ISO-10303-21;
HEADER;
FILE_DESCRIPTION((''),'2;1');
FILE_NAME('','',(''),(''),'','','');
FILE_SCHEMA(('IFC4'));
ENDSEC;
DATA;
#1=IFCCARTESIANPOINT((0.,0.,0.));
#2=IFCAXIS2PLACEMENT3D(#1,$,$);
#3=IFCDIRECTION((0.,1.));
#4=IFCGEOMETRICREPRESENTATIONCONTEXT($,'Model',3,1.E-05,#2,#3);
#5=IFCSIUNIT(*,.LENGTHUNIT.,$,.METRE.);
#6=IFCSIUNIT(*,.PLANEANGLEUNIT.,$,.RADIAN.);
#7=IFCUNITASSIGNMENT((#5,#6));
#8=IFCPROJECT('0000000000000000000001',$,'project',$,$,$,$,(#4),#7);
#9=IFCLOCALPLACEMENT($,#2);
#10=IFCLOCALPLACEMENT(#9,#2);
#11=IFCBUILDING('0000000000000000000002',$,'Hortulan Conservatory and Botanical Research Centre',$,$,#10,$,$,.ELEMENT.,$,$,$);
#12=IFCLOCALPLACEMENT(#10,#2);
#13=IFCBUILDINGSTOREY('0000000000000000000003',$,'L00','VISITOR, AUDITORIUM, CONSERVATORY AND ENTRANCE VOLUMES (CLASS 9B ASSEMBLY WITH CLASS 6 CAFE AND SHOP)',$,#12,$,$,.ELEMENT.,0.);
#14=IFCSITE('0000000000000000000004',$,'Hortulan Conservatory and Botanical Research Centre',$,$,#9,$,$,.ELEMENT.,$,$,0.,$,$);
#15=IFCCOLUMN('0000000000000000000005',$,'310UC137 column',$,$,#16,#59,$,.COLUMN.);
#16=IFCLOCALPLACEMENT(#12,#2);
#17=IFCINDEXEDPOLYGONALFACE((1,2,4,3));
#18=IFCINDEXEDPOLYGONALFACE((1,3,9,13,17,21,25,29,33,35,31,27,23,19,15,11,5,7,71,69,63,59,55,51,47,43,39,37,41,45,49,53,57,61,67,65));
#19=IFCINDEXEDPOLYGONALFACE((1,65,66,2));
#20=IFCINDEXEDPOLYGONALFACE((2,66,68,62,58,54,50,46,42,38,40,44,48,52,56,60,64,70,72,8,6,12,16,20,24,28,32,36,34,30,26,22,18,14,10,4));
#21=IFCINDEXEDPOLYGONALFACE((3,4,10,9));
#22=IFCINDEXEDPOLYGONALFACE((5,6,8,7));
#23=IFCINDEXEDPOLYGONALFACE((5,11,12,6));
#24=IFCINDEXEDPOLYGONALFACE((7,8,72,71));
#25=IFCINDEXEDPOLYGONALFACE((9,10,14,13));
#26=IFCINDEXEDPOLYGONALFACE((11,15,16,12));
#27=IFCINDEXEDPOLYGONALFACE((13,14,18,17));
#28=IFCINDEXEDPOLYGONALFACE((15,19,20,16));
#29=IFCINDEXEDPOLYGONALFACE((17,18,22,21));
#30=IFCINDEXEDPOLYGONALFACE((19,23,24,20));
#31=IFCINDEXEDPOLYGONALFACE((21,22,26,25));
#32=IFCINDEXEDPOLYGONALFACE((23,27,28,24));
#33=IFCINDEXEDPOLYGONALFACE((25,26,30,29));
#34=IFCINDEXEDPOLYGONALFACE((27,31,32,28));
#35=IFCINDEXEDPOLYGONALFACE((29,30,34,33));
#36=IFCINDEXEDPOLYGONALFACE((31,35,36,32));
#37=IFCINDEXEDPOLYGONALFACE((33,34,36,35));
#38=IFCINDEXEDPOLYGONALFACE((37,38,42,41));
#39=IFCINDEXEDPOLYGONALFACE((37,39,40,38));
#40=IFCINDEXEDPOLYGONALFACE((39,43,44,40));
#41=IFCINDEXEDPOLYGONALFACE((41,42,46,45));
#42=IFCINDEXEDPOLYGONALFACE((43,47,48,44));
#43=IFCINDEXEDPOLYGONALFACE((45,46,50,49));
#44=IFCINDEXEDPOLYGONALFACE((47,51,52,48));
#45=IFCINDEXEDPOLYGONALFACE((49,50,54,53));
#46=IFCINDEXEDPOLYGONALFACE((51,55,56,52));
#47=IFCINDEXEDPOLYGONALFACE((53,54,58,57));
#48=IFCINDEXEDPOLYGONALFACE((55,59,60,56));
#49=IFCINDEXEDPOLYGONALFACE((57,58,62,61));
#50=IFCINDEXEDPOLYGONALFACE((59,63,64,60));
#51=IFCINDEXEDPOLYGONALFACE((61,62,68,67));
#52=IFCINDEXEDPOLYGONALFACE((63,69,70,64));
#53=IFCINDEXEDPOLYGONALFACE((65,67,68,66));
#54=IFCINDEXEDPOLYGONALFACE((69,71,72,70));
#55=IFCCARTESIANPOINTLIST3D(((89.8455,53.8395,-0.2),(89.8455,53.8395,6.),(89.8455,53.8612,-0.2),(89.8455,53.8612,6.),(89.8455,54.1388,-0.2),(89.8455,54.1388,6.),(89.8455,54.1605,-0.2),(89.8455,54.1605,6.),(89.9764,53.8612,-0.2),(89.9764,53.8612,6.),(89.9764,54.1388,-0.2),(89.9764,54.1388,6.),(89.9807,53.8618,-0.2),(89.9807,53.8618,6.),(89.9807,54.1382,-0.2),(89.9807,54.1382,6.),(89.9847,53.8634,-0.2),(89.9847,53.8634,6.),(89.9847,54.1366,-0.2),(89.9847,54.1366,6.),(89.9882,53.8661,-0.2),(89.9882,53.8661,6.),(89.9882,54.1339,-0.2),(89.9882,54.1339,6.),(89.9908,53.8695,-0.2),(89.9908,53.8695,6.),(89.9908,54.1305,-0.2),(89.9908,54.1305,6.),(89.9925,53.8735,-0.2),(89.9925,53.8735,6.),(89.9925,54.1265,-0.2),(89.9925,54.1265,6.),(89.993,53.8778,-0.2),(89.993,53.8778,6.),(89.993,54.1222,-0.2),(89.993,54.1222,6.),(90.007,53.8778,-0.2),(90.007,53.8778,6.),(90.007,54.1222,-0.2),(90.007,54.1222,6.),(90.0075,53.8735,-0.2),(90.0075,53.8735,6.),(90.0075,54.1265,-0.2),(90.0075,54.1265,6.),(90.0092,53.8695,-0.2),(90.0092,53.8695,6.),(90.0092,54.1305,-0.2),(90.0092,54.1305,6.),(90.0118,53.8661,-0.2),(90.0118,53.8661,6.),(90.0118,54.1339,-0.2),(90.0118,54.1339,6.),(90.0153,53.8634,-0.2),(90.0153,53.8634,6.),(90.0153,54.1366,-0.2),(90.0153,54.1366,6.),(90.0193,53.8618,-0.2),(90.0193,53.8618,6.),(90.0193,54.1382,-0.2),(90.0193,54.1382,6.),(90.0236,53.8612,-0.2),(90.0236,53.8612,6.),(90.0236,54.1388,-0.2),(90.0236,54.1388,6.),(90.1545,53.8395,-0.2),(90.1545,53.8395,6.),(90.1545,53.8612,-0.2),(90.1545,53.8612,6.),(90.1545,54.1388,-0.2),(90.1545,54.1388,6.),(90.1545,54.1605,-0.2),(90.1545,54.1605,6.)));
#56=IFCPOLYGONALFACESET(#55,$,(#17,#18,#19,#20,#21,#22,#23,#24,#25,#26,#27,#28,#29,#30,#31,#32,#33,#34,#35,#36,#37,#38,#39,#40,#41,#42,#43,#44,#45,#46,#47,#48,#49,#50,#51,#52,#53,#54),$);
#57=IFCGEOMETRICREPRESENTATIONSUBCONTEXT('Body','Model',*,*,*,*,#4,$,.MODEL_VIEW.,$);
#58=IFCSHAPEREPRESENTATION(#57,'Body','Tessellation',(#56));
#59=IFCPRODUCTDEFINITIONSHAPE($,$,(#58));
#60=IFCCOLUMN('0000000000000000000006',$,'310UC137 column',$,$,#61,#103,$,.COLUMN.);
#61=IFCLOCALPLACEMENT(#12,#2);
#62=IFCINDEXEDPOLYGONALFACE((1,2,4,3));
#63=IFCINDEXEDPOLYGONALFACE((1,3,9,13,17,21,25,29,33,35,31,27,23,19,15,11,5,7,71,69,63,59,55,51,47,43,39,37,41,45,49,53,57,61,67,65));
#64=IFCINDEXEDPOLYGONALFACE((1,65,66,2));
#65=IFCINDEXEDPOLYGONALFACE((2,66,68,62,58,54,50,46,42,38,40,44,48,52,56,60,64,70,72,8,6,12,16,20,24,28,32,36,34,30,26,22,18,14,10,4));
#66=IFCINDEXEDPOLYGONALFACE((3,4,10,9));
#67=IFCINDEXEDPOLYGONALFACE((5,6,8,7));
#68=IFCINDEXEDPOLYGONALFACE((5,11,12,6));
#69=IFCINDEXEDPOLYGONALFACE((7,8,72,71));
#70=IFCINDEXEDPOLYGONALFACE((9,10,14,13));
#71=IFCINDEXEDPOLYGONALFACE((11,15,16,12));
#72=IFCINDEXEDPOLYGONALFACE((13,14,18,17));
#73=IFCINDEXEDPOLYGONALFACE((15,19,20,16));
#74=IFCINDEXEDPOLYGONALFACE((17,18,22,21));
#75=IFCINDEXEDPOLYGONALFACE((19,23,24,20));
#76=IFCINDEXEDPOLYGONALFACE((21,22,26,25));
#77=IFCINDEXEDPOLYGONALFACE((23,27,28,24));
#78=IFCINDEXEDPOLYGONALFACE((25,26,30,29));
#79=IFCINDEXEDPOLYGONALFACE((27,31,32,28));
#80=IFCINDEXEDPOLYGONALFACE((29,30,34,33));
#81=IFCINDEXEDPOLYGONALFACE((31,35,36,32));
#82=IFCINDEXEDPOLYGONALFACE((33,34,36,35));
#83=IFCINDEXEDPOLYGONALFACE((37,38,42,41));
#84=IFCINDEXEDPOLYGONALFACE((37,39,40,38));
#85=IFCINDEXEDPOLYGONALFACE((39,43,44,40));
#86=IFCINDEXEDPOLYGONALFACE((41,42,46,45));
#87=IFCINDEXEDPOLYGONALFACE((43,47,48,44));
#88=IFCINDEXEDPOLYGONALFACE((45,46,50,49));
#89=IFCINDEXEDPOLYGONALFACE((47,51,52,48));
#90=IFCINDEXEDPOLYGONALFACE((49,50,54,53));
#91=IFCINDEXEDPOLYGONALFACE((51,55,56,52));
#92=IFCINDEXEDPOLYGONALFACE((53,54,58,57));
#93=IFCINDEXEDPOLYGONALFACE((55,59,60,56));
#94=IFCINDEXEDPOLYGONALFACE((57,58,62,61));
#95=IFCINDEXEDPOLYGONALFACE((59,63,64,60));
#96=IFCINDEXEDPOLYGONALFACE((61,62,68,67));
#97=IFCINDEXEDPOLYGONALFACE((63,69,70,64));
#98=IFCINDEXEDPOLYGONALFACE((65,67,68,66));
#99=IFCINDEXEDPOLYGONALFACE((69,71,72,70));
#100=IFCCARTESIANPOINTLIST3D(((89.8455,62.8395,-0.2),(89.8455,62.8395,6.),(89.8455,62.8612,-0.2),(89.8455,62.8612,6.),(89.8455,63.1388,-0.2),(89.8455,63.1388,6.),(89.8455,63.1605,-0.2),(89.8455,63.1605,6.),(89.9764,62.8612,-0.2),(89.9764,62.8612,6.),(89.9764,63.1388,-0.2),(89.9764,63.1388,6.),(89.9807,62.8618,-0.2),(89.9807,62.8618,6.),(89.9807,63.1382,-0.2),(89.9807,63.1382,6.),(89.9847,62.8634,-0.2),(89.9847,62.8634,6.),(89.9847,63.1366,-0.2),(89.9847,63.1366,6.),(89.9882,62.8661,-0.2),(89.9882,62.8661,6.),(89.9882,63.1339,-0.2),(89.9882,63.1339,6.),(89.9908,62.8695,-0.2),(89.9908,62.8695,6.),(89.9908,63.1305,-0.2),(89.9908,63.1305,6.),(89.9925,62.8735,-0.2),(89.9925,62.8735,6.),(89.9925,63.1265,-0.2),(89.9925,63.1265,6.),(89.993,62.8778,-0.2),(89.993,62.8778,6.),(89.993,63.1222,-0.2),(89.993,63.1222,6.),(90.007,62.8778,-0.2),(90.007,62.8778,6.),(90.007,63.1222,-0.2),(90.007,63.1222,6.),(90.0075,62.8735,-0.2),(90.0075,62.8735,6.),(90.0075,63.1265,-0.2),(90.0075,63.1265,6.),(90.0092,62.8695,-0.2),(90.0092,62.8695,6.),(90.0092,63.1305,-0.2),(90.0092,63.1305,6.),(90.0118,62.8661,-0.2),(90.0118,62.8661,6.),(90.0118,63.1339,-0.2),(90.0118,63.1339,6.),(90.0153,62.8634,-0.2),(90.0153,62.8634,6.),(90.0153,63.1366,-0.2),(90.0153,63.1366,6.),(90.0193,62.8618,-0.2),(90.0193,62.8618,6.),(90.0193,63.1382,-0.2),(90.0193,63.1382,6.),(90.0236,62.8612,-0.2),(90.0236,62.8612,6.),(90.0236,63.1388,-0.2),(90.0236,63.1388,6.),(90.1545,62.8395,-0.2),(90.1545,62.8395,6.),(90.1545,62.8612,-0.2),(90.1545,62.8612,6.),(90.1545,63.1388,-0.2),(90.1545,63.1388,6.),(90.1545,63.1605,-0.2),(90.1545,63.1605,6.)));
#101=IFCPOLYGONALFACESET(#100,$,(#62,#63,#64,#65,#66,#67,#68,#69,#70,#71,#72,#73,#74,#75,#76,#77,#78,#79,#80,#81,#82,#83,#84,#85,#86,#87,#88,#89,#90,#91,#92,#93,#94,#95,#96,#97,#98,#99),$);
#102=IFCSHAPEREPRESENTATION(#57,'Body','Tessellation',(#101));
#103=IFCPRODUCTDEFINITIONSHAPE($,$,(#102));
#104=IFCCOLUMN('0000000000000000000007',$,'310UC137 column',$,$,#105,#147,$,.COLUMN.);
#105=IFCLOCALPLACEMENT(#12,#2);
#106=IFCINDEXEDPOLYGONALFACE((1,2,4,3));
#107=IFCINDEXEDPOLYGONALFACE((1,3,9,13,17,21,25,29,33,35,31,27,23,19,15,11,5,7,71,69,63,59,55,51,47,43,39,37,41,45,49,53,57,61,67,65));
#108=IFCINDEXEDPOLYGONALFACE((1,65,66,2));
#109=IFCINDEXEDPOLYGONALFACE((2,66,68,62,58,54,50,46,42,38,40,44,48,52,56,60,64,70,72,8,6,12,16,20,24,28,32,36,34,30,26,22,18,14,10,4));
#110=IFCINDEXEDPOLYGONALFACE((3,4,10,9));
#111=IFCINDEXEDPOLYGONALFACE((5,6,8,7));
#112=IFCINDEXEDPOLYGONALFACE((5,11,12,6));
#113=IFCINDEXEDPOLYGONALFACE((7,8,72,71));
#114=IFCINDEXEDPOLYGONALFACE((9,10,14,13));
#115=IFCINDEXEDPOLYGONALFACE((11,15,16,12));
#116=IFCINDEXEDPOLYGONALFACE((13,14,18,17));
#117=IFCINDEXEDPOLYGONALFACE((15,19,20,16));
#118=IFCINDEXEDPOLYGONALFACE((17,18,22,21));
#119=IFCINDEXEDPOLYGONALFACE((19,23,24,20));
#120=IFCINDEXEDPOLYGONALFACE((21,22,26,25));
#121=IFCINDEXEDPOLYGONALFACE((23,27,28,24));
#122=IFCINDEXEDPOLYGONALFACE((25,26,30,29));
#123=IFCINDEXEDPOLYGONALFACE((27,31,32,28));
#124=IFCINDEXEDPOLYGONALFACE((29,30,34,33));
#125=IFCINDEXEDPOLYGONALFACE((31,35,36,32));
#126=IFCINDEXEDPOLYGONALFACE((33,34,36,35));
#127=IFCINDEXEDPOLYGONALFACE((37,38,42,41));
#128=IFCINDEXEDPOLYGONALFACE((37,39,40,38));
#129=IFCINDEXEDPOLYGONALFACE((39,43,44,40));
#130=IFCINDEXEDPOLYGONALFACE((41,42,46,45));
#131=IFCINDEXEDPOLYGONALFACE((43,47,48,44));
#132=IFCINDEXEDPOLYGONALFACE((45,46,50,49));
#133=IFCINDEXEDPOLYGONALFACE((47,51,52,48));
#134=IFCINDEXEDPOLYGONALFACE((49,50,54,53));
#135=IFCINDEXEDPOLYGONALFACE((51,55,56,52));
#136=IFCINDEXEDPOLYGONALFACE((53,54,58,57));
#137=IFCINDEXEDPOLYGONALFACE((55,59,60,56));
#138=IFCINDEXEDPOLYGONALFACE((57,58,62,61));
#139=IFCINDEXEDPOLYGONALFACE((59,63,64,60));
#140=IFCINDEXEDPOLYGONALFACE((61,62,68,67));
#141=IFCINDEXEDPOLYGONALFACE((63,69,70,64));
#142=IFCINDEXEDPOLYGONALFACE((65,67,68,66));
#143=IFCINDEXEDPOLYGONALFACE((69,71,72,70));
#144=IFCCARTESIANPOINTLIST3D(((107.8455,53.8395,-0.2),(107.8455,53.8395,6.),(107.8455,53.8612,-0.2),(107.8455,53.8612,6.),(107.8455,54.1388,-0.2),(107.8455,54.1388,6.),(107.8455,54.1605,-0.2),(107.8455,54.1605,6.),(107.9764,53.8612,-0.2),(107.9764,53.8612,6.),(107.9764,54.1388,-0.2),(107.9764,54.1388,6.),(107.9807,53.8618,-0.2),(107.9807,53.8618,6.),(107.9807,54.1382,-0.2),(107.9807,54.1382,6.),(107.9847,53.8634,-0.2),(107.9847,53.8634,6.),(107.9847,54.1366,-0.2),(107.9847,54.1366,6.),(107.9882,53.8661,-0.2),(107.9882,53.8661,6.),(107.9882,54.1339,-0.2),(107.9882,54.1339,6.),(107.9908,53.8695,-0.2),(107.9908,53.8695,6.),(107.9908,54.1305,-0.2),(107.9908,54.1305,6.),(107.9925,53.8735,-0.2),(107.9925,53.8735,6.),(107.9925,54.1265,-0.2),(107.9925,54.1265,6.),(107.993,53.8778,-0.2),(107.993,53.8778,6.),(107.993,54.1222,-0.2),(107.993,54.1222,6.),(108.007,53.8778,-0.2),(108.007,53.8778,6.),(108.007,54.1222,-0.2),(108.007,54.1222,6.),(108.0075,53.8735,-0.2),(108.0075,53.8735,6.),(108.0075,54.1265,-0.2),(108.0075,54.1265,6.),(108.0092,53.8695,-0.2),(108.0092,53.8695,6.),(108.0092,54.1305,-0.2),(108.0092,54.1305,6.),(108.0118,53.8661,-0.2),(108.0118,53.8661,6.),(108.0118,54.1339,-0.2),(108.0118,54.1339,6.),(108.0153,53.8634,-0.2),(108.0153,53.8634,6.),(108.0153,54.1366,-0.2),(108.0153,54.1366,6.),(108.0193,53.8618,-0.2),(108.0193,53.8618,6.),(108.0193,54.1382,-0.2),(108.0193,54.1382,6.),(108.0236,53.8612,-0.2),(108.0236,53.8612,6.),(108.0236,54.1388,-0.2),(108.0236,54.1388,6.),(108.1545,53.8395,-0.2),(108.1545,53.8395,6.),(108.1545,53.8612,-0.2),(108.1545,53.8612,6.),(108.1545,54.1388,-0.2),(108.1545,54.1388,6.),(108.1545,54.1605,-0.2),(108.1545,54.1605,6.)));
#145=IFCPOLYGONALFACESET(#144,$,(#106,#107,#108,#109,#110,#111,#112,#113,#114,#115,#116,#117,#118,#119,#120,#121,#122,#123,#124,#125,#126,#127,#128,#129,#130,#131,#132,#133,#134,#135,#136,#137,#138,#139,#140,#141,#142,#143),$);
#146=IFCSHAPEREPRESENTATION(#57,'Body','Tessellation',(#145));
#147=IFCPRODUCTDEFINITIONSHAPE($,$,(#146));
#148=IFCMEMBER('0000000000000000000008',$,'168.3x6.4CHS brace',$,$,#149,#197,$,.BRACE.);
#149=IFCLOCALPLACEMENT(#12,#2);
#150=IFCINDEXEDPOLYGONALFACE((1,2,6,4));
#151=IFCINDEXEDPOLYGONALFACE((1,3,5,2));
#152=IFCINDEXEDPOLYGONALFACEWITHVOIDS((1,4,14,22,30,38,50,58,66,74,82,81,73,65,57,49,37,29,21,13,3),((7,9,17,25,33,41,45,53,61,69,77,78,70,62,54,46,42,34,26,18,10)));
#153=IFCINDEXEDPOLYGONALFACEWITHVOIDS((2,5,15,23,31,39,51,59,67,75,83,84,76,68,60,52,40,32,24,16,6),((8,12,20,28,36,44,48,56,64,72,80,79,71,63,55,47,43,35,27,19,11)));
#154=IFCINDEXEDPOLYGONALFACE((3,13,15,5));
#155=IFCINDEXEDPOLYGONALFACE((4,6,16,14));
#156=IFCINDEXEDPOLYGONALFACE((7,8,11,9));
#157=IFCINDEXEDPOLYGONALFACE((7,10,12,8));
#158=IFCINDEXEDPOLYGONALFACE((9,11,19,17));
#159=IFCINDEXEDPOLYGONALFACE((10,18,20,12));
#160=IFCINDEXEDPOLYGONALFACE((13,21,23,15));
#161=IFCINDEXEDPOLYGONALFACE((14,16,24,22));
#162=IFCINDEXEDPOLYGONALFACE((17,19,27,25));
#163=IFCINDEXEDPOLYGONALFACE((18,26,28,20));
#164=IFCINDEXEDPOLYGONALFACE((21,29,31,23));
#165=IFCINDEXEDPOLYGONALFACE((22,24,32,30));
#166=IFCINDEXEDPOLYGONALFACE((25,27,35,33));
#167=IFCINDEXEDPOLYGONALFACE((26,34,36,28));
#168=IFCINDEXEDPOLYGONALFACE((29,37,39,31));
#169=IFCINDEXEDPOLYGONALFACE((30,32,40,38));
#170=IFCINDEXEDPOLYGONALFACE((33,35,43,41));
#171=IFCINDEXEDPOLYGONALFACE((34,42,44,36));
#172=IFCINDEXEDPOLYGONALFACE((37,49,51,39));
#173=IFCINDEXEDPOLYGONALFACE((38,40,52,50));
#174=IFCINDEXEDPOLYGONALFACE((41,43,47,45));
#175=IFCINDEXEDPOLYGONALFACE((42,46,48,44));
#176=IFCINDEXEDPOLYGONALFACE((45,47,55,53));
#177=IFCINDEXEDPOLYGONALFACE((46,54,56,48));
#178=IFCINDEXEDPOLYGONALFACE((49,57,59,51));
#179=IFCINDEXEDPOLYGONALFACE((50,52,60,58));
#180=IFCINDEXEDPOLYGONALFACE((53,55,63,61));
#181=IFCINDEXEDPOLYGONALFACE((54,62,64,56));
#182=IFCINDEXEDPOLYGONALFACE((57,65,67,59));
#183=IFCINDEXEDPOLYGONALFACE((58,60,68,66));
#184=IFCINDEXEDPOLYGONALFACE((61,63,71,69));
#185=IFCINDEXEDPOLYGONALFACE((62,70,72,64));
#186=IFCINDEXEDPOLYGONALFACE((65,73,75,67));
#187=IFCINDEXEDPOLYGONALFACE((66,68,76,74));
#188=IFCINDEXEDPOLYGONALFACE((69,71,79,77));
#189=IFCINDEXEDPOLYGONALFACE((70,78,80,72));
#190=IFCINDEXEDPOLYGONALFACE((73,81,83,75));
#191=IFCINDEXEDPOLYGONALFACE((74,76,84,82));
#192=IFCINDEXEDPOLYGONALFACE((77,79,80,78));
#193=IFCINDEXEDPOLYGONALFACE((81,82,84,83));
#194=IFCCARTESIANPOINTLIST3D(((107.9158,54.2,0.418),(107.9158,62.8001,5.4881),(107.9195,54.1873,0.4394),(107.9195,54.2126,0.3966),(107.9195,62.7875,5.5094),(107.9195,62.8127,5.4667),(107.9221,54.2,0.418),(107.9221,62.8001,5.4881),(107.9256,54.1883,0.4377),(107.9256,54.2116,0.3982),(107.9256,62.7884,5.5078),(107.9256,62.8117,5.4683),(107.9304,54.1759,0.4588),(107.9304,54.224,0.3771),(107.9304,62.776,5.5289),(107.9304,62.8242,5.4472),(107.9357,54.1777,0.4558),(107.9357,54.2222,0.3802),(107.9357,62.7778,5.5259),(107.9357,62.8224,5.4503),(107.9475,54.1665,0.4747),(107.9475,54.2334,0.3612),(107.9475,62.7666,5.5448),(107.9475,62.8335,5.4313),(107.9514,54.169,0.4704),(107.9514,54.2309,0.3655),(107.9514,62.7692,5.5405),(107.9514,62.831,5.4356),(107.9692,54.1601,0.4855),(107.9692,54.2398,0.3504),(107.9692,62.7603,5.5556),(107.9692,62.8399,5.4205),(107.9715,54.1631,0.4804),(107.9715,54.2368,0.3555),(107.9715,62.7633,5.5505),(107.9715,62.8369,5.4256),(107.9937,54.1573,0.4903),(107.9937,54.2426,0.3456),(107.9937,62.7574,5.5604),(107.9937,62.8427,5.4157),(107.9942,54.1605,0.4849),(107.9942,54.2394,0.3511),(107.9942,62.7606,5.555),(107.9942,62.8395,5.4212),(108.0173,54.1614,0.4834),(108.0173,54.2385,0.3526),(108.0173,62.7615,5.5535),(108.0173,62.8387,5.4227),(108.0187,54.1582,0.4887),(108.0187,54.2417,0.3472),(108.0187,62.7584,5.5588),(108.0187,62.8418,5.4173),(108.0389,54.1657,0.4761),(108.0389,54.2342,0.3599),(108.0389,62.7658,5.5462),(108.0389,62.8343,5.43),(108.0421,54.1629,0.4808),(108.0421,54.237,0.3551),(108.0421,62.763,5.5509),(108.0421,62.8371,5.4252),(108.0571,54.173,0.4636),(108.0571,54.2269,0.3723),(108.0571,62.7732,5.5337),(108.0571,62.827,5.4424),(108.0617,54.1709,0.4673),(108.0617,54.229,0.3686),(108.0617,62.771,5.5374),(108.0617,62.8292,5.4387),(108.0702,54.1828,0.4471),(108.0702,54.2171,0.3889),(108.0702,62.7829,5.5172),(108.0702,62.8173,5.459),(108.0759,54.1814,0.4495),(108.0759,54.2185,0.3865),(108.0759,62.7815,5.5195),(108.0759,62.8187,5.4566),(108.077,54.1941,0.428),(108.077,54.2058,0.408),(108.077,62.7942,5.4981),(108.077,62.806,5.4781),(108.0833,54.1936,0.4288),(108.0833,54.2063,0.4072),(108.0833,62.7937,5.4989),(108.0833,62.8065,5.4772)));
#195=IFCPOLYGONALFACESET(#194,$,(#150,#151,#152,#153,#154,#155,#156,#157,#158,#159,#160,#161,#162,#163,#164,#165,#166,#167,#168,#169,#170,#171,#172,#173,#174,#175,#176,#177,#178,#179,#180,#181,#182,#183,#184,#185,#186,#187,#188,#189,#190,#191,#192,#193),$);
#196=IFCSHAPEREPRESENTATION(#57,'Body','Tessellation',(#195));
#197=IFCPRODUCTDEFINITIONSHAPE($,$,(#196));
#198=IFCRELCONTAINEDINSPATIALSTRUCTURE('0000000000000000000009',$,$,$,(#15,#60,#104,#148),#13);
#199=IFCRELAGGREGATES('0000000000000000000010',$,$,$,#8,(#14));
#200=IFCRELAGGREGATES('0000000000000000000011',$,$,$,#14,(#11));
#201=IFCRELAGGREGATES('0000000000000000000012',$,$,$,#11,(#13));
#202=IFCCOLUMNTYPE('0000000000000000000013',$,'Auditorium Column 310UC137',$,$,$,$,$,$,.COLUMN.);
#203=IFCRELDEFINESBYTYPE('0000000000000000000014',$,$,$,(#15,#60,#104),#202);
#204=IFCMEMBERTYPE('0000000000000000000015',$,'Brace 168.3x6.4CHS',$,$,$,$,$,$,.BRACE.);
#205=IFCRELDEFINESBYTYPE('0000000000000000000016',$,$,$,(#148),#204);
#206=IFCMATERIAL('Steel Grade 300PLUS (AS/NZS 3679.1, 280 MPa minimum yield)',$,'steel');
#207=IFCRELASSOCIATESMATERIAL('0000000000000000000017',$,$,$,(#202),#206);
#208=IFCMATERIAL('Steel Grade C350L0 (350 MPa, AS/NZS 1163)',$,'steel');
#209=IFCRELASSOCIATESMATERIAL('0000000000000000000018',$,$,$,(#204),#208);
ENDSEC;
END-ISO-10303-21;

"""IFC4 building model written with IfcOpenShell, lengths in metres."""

from ifc_helpers import new_model, si_unit, direction, frame, origin, origin_2d, place, context, subcontext, project, spatial, hollow_circle, i_section, extrude, material, material_profile, profile_set, type_object, element, save


model = new_model("IFC4")

# Units and contexts
model_context = context("Model", 3, precision=1e-05, world=origin(), true_north=direction((0.0, 1.0)))
body_context = subcontext(model_context, "Body", "Model", "MODEL_VIEW")
ifc_project = project(units=[si_unit("LENGTHUNIT", "METRE"), si_unit("PLANEANGLEUNIT", "RADIAN")], contexts=[model_context])

# Site, building, storey
site_placement = place(None, origin())
site = spatial("IfcSite", under=ifc_project, at=site_placement, Name="Hortulan Conservatory and Botanical Research Centre", CompositionType="ELEMENT", RefElevation=0.0)
building_placement = place(site_placement, origin())
building = spatial("IfcBuilding", under=site, at=building_placement, Name="Hortulan Conservatory and Botanical Research Centre", CompositionType="ELEMENT")
storey_placement = place(building_placement, origin())
storey = spatial("IfcBuildingStorey", under=building, at=storey_placement, Name="L00", Description="VISITOR, AUDITORIUM, CONSERVATORY AND ENTRANCE VOLUMES (CLASS 9B ASSEMBLY WITH CLASS 6 CAFE AND SHOP)", CompositionType="ELEMENT", Elevation=0.0)

# Columns
ifc_material_1 = material(Name="Steel Grade 300PLUS (AS/NZS 3679.1, 280 MPa minimum yield)", Category="steel")
ifc_material_profile_1 = material_profile(ifc_material_1, i_section(OverallWidth=0.3091, OverallDepth=0.321, WebThickness=0.0139, FlangeThickness=0.0217, FilletRadius=0.0166, at=origin_2d()), Name="310UC137")
ifc_profile_set_1 = profile_set([ifc_material_profile_1], Name="Steel Grade 300PLUS (AS/NZS 3679.1, 280 MPa minimum yield)")
column_type = type_object("IfcColumnType", Name="Auditorium Column 310UC137", PredefinedType="COLUMN", material=ifc_profile_set_1)
for number, where, z_axis, x_axis, name in (
    (1, (90.0, 54.0, -0.2), (0.0, 0.0, 1.0), (1.0, 0.0, 0.0), "310UC137 column"),
    (2, (90.0, 63.0, -0.2), (0.0, 0.0, 1.0), (1.0, 0.0, 0.0), "310UC137 column"),
    (3, (108.0, 54.0, -0.2), (0.0, 0.0, 1.0), (1.0, 0.0, 0.0), "310UC137 column"),
):
    element("IfcColumn", number, at=place(storey_placement, frame(where, z_axis=z_axis, x_axis=x_axis)), inside=storey, type_object=column_type, Name=name, PredefinedType="COLUMN", context=body_context, shape_type="SweptSolid", body=[
        extrude(i_section(OverallWidth=0.3091, OverallDepth=0.321, WebThickness=0.0139, FlangeThickness=0.0217, FilletRadius=0.0166, at=origin_2d()), origin(), (0.0, 0.0, 1.0), 6.2),
    ])

# Member
ifc_material_2 = material(Name="Steel Grade C350L0 (350 MPa, AS/NZS 1163)", Category="steel")
ifc_material_profile_2 = material_profile(ifc_material_2, hollow_circle(Radius=0.0842, WallThickness=0.0063, at=origin_2d()), Name="168.3x6.4CHS")
ifc_profile_set_2 = profile_set([ifc_material_profile_2], Name="Steel Grade C350L0 (350 MPa, AS/NZS 1163)")
member_type = type_object("IfcMemberType", Name="Brace 168.3x6.4CHS", PredefinedType="BRACE", material=ifc_profile_set_2)
member_placement = place(storey_placement, frame((108.0, 54.2, 0.418), z_axis=(0.0, 0.861444, 0.507852), x_axis=(-1.0, 0.0, 0.0)))
element("IfcMember", 4, at=member_placement, inside=storey, type_object=member_type, Name="168.3x6.4CHS brace", PredefinedType="BRACE", context=body_context, shape_type="SweptSolid", body=[
    extrude(hollow_circle(Radius=0.0842, WallThickness=0.0063, at=origin_2d()), origin(), (0.0, 0.0, 1.0), 9.9834),
])

save(model, "model.ifc")
